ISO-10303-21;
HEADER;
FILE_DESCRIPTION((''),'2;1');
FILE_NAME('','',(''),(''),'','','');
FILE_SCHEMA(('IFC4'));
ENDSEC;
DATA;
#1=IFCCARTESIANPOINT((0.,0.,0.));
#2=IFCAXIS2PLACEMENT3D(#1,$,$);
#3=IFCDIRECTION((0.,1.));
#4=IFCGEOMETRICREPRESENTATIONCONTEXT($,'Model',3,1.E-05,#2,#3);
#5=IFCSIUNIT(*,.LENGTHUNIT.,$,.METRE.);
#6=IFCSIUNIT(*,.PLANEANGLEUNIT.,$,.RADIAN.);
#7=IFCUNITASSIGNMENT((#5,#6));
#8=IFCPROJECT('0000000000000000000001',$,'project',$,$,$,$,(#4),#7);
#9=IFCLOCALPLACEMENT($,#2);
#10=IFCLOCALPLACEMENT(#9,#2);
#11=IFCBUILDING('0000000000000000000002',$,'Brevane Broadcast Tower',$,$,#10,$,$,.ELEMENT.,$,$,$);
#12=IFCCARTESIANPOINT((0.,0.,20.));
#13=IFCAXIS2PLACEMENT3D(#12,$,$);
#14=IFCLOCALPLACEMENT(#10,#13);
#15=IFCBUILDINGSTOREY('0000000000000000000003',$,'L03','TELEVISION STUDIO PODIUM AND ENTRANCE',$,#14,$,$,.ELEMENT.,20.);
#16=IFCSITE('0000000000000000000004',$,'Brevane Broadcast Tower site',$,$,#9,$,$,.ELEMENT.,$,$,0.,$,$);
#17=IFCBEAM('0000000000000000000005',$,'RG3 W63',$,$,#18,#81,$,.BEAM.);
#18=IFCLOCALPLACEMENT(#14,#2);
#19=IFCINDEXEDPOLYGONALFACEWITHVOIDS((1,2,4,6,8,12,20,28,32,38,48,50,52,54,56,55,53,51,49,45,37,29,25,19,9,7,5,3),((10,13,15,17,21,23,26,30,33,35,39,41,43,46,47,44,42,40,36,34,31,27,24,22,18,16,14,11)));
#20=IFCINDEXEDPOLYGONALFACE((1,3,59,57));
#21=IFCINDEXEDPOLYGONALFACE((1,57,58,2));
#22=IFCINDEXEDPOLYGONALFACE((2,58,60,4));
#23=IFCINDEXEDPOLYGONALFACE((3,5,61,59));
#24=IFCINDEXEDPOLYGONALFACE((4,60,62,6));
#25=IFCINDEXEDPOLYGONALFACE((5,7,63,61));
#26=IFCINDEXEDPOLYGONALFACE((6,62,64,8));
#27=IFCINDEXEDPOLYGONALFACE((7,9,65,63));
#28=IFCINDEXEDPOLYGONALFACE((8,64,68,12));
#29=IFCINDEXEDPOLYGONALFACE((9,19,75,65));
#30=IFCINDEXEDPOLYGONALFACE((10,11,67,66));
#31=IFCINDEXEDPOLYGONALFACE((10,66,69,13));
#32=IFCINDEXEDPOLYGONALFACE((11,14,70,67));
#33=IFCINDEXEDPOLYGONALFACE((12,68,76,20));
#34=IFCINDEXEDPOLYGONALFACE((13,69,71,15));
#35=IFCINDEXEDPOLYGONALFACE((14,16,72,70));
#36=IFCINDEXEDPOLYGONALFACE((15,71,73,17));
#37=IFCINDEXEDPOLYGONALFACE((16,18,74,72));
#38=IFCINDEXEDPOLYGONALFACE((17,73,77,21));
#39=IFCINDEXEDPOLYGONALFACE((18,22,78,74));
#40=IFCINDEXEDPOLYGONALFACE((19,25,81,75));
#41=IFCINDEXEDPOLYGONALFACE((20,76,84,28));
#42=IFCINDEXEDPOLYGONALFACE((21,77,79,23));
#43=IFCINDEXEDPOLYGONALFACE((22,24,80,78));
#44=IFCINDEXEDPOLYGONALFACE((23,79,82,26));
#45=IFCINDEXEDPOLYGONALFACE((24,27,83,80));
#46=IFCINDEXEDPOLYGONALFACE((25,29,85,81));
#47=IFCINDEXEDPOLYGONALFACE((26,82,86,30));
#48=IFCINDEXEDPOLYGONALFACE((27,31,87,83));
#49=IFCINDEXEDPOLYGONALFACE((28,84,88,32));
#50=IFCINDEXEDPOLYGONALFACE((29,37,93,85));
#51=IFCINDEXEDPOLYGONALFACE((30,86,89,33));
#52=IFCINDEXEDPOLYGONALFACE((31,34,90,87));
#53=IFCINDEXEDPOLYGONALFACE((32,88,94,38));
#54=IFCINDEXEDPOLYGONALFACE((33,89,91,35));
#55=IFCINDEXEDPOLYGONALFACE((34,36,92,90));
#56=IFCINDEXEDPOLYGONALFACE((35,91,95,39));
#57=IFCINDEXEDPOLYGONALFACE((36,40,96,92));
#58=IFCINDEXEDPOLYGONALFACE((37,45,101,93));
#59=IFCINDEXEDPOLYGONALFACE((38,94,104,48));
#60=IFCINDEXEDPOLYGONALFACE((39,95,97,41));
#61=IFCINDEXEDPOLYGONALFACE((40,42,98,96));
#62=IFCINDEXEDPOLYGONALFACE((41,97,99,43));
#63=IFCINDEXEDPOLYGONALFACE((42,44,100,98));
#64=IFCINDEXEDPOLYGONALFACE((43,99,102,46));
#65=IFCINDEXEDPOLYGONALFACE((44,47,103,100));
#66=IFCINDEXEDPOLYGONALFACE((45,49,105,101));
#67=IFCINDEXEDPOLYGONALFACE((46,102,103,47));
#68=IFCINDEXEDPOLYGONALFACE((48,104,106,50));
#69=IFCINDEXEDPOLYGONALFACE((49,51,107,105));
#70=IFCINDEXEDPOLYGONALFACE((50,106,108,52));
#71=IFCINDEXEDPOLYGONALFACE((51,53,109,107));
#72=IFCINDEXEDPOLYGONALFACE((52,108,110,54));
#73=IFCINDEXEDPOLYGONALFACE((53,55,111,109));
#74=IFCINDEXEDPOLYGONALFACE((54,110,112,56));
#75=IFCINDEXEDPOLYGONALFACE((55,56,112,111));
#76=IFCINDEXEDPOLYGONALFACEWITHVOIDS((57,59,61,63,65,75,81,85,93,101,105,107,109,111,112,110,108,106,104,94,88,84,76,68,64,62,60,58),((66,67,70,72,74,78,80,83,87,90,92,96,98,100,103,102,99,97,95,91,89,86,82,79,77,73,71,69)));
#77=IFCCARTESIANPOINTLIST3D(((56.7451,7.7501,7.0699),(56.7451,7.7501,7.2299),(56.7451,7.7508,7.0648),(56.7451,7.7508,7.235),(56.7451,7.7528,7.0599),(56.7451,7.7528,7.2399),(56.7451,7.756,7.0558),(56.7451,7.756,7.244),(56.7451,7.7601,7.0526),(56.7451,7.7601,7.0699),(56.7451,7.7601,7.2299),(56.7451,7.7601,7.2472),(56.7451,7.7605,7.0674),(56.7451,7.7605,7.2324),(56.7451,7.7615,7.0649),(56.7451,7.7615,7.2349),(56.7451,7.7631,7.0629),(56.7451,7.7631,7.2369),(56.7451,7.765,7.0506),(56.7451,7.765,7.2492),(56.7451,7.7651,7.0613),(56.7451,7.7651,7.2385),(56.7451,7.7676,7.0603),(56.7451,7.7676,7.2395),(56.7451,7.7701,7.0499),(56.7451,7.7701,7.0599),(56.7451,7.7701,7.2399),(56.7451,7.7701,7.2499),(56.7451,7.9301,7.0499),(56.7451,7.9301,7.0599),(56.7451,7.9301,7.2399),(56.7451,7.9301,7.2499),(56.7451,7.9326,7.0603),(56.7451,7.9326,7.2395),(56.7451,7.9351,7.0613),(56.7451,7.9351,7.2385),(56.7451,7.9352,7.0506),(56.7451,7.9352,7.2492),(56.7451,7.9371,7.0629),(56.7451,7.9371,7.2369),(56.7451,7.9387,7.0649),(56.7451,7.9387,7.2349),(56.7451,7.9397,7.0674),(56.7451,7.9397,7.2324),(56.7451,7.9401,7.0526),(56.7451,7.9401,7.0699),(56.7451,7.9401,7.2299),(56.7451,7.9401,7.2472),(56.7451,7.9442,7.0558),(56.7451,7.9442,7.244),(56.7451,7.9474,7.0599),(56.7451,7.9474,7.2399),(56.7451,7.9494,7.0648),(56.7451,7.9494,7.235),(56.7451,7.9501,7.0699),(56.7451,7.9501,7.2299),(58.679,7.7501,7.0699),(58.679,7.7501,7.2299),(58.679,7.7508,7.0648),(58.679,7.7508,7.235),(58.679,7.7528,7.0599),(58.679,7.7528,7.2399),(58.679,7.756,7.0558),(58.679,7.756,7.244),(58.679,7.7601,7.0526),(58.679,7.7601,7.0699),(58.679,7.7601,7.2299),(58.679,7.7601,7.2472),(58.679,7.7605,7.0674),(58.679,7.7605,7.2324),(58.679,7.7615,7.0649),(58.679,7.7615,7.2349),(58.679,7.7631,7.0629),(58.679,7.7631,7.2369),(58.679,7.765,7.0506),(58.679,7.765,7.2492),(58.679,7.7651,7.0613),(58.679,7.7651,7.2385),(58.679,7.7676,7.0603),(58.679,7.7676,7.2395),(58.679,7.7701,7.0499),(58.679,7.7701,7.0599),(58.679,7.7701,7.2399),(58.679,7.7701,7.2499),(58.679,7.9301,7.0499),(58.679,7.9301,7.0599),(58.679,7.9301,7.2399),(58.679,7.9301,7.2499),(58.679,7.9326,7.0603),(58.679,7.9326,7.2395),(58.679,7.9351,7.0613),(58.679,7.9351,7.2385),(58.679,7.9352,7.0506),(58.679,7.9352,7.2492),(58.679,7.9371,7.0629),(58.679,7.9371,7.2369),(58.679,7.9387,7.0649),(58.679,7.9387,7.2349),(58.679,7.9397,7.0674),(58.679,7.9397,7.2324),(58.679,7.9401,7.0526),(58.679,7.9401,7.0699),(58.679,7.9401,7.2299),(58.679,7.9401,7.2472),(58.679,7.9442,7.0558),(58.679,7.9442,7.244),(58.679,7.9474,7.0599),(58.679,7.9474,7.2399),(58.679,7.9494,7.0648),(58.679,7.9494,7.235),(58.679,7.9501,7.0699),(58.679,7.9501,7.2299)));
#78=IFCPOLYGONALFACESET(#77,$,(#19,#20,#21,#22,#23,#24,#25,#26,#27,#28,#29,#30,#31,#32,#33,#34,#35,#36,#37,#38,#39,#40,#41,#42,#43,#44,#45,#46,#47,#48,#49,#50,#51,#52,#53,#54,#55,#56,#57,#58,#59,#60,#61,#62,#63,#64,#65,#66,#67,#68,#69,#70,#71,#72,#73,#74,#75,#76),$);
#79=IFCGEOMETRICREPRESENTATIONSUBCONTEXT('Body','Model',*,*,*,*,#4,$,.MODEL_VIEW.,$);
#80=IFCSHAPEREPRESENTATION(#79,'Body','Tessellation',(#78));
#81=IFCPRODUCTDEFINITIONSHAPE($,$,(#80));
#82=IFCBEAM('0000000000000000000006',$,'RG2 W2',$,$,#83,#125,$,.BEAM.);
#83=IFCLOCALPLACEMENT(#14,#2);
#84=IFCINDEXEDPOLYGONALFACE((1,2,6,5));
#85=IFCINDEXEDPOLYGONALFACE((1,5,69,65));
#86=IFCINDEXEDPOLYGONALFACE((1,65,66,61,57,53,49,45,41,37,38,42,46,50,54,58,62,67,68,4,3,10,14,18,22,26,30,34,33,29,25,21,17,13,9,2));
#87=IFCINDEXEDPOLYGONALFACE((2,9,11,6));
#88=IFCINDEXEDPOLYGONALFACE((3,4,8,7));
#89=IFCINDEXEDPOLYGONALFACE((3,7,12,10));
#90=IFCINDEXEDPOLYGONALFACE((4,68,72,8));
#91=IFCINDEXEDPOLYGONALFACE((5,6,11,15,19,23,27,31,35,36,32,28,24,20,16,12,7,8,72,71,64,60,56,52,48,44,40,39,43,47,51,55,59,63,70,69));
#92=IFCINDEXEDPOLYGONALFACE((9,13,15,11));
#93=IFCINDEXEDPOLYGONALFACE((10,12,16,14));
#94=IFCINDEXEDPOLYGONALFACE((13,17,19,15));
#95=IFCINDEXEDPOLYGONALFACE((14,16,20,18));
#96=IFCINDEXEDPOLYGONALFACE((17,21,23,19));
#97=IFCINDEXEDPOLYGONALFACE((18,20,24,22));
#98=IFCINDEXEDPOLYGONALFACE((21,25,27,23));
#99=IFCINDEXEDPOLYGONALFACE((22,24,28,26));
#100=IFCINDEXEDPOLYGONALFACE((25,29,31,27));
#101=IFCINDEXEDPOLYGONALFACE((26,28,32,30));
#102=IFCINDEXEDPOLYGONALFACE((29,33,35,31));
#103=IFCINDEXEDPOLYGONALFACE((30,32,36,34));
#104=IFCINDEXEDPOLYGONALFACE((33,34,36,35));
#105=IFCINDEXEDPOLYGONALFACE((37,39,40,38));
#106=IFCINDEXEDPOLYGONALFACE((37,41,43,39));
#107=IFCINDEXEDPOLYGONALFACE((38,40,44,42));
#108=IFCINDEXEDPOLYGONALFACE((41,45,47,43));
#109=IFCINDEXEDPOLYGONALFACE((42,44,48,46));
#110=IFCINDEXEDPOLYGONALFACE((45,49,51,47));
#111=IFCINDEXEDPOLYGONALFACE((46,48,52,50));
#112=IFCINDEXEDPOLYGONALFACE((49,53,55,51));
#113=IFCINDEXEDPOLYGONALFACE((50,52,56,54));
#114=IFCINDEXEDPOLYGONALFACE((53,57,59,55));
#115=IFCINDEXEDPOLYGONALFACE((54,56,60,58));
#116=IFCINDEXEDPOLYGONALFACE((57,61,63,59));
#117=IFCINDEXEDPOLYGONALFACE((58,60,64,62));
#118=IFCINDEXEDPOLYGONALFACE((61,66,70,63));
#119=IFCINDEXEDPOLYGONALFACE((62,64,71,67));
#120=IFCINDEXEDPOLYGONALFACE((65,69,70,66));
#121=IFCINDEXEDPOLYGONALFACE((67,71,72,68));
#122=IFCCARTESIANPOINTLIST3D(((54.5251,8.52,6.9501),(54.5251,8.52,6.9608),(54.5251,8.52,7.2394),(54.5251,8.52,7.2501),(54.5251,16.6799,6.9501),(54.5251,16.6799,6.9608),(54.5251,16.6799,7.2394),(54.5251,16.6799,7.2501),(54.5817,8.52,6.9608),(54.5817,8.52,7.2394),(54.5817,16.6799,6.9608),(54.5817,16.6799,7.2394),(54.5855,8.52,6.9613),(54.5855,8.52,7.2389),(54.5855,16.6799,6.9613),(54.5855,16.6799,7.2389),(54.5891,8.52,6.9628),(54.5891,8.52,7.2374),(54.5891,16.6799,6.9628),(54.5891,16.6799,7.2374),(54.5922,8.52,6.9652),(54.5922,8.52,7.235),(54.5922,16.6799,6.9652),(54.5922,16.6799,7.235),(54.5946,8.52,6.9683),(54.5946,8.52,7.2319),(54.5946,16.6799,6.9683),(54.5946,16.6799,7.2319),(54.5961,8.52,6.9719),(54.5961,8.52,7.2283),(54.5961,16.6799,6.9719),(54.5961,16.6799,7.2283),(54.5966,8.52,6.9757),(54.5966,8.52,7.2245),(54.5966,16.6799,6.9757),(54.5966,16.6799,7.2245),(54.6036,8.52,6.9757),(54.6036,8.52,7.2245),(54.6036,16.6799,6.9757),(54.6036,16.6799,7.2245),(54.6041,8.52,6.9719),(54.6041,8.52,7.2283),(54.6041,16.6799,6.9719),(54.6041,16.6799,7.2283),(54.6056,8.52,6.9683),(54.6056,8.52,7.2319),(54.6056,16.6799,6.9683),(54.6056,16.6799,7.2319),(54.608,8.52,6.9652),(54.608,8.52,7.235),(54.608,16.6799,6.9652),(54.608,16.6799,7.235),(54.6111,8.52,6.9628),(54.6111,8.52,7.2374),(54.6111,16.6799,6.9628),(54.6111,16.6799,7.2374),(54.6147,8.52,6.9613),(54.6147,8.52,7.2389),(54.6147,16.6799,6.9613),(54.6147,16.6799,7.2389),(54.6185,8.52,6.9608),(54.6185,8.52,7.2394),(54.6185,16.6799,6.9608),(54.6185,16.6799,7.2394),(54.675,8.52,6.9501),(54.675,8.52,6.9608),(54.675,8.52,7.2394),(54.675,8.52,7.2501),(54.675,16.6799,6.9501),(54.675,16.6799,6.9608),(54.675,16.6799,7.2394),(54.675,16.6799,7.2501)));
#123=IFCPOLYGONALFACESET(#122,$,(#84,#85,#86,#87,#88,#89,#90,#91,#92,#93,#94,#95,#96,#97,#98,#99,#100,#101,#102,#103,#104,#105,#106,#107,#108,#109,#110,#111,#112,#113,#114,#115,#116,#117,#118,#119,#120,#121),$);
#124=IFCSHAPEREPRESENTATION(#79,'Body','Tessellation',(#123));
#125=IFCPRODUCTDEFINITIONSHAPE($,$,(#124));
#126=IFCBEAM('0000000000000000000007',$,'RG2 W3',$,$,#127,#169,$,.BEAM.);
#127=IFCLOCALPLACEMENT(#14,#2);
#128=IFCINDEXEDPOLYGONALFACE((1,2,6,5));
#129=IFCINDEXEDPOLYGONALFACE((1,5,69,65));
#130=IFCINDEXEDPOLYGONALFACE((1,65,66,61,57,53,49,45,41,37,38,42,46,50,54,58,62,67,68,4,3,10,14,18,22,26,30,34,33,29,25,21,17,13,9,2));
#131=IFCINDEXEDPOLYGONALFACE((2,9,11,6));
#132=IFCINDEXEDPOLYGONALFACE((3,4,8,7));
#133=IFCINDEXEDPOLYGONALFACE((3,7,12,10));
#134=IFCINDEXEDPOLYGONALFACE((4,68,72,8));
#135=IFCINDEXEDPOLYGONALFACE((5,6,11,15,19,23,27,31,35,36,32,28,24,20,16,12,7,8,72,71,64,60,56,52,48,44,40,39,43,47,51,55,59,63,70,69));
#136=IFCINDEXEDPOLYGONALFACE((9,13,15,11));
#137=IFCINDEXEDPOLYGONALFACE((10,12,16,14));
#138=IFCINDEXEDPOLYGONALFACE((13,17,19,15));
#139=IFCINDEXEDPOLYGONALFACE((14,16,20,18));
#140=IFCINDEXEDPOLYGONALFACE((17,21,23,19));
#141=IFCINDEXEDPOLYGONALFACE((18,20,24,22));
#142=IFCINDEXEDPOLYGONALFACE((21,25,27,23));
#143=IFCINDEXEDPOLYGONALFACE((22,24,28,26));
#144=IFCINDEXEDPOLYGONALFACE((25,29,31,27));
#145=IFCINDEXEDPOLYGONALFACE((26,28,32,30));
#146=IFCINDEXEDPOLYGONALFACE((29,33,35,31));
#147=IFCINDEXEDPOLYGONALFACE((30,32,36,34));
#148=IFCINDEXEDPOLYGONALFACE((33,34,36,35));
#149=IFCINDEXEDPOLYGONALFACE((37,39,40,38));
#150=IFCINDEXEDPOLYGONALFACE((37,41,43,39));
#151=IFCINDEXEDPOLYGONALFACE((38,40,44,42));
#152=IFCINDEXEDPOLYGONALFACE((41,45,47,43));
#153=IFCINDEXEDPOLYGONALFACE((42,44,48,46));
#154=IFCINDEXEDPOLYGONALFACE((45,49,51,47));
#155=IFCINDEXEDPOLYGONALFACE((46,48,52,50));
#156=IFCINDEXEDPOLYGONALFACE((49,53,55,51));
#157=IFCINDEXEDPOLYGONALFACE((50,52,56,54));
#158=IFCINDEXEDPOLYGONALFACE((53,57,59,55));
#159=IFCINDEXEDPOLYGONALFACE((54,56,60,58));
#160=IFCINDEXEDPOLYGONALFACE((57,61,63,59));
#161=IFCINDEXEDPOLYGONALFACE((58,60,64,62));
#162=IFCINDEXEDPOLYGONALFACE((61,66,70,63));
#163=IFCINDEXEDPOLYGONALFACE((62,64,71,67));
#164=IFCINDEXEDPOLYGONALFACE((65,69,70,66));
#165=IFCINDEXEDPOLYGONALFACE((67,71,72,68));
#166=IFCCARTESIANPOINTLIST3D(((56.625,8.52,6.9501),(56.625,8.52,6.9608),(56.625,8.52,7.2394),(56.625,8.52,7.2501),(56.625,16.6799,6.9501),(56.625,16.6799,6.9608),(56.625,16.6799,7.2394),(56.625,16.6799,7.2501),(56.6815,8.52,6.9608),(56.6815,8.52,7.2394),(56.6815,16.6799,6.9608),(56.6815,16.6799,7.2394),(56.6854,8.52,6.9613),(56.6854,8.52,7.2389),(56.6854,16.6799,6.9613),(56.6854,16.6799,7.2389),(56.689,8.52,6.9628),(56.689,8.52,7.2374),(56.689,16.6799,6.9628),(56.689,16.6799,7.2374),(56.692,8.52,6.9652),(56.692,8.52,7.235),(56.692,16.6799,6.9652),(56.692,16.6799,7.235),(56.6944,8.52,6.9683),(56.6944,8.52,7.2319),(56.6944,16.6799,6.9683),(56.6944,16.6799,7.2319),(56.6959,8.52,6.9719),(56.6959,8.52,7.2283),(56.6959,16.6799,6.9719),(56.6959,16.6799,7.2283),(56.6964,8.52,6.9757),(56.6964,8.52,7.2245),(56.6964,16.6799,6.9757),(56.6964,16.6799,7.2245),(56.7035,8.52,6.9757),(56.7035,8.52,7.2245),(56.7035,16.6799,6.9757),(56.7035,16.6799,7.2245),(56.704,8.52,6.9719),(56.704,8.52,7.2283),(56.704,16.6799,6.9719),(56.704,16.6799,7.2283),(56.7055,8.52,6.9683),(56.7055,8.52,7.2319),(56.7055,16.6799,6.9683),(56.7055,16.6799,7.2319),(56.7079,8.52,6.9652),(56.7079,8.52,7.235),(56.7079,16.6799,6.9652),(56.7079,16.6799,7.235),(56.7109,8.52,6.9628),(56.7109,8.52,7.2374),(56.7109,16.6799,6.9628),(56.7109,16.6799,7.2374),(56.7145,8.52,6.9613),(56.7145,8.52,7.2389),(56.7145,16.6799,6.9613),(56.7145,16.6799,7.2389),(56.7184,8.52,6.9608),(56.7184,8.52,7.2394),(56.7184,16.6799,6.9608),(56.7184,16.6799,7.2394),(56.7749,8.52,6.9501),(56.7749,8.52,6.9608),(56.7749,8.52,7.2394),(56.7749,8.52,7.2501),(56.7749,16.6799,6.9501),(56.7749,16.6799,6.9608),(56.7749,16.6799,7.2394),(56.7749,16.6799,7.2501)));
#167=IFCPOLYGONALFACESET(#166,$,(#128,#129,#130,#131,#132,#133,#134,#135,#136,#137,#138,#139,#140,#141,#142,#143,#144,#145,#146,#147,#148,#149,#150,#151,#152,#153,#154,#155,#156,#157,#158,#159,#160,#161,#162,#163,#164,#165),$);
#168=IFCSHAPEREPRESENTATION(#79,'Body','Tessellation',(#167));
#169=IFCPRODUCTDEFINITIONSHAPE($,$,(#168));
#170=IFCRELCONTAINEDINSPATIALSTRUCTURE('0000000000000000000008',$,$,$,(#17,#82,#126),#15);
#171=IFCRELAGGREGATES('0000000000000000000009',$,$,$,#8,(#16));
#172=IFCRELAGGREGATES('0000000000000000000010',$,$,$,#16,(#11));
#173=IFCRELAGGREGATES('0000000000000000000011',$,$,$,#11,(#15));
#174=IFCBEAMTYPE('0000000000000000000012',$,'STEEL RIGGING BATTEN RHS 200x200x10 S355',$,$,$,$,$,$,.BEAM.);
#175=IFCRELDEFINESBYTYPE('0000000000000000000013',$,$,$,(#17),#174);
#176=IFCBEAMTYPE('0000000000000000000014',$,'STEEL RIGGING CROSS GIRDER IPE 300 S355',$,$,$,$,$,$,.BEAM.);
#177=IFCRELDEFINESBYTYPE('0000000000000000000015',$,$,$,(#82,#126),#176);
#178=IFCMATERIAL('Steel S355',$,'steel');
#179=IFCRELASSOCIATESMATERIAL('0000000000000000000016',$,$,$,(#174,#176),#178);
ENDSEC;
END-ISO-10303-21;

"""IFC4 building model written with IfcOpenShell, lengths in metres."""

from ifc_helpers import new_model, si_unit, direction, frame, origin, origin_2d, place, context, subcontext, project, spatial, hollow_rectangle, i_section, extrude, material, material_profile, profile_set, type_object, element, save


model = new_model("IFC4")

# Units and contexts
model_context = context("Model", 3, precision=1e-05, world=origin(), true_north=direction((0.0, 1.0)))
body_context = subcontext(model_context, "Body", "Model", "MODEL_VIEW")
ifc_project = project(units=[si_unit("LENGTHUNIT", "METRE"), si_unit("PLANEANGLEUNIT", "RADIAN")], contexts=[model_context])

# Site, building, storey
site_placement = place(None, origin())
site = spatial("IfcSite", under=ifc_project, at=site_placement, Name="Brevane Broadcast Tower site", CompositionType="ELEMENT", RefElevation=0.0)
building_placement = place(site_placement, origin())
building = spatial("IfcBuilding", under=site, at=building_placement, Name="Brevane Broadcast Tower", CompositionType="ELEMENT")
storey_placement = place(building_placement, frame((0.0, 0.0, 20.0)))
storey = spatial("IfcBuildingStorey", under=building, at=storey_placement, Name="L03", Description="TELEVISION STUDIO PODIUM AND ENTRANCE", CompositionType="ELEMENT", Elevation=20.0)

# Beams
ifc_material_1 = material(Name="Steel S355", Category="steel")
ifc_material_profile_1 = material_profile(ifc_material_1, hollow_rectangle(XDim=0.2, YDim=0.2, WallThickness=0.01, InnerFilletRadius=0.01, OuterFilletRadius=0.02, at=origin_2d()), Name="RHS 200x200x10")
ifc_profile_set_1 = profile_set([ifc_material_profile_1], Name="Steel S355")
beam_type_1 = type_object("IfcBeamType", Name="STEEL RIGGING BATTEN RHS 200x200x10 S355", PredefinedType="BEAM", material=ifc_profile_set_1)
beam_1_placement = place(storey_placement, frame((56.7451, 7.8501, 7.1499), z_axis=(1.0, 0.0, 0.0), x_axis=(0.0, 1.0, 0.0)))
element("IfcBeam", 1, at=beam_1_placement, inside=storey, type_object=beam_type_1, Name="RG3 W63", PredefinedType="BEAM", context=body_context, shape_type="SweptSolid", body=[
    extrude(hollow_rectangle(XDim=0.2, YDim=0.2, WallThickness=0.01, InnerFilletRadius=0.01, OuterFilletRadius=0.02, at=origin_2d()), origin(), (0.0, 0.0, 1.0), 1.9338),
])
ifc_material_profile_2 = material_profile(ifc_material_1, i_section(OverallWidth=0.1499, OverallDepth=0.3, WebThickness=0.0071, FlangeThickness=0.0107, FilletRadius=0.0149, at=origin_2d()), Name="IPE 300")
ifc_profile_set_2 = profile_set([ifc_material_profile_2], Name="Steel S355")
beam_type_2 = type_object("IfcBeamType", Name="STEEL RIGGING CROSS GIRDER IPE 300 S355", PredefinedType="BEAM", material=ifc_profile_set_2)
for number, where, z_axis, x_axis, name in (
    (2, (54.6001, 8.52, 7.1001), (0.0, 1.0, 0.0), (-1.0, 0.0, 0.0), "RG2 W2"),
    (3, (56.7, 8.52, 7.1001), (0.0, 1.0, 0.0), (-1.0, 0.0, 0.0), "RG2 W3"),
):
    element("IfcBeam", number, at=place(storey_placement, frame(where, z_axis=z_axis, x_axis=x_axis)), inside=storey, type_object=beam_type_2, Name=name, PredefinedType="BEAM", context=body_context, shape_type="SweptSolid", body=[
        extrude(i_section(OverallWidth=0.1499, OverallDepth=0.3, WebThickness=0.0071, FlangeThickness=0.0107, FilletRadius=0.0149, at=origin_2d()), origin(), (0.0, 0.0, 1.0), 8.1599),
    ])

save(model, "model.ifc")
